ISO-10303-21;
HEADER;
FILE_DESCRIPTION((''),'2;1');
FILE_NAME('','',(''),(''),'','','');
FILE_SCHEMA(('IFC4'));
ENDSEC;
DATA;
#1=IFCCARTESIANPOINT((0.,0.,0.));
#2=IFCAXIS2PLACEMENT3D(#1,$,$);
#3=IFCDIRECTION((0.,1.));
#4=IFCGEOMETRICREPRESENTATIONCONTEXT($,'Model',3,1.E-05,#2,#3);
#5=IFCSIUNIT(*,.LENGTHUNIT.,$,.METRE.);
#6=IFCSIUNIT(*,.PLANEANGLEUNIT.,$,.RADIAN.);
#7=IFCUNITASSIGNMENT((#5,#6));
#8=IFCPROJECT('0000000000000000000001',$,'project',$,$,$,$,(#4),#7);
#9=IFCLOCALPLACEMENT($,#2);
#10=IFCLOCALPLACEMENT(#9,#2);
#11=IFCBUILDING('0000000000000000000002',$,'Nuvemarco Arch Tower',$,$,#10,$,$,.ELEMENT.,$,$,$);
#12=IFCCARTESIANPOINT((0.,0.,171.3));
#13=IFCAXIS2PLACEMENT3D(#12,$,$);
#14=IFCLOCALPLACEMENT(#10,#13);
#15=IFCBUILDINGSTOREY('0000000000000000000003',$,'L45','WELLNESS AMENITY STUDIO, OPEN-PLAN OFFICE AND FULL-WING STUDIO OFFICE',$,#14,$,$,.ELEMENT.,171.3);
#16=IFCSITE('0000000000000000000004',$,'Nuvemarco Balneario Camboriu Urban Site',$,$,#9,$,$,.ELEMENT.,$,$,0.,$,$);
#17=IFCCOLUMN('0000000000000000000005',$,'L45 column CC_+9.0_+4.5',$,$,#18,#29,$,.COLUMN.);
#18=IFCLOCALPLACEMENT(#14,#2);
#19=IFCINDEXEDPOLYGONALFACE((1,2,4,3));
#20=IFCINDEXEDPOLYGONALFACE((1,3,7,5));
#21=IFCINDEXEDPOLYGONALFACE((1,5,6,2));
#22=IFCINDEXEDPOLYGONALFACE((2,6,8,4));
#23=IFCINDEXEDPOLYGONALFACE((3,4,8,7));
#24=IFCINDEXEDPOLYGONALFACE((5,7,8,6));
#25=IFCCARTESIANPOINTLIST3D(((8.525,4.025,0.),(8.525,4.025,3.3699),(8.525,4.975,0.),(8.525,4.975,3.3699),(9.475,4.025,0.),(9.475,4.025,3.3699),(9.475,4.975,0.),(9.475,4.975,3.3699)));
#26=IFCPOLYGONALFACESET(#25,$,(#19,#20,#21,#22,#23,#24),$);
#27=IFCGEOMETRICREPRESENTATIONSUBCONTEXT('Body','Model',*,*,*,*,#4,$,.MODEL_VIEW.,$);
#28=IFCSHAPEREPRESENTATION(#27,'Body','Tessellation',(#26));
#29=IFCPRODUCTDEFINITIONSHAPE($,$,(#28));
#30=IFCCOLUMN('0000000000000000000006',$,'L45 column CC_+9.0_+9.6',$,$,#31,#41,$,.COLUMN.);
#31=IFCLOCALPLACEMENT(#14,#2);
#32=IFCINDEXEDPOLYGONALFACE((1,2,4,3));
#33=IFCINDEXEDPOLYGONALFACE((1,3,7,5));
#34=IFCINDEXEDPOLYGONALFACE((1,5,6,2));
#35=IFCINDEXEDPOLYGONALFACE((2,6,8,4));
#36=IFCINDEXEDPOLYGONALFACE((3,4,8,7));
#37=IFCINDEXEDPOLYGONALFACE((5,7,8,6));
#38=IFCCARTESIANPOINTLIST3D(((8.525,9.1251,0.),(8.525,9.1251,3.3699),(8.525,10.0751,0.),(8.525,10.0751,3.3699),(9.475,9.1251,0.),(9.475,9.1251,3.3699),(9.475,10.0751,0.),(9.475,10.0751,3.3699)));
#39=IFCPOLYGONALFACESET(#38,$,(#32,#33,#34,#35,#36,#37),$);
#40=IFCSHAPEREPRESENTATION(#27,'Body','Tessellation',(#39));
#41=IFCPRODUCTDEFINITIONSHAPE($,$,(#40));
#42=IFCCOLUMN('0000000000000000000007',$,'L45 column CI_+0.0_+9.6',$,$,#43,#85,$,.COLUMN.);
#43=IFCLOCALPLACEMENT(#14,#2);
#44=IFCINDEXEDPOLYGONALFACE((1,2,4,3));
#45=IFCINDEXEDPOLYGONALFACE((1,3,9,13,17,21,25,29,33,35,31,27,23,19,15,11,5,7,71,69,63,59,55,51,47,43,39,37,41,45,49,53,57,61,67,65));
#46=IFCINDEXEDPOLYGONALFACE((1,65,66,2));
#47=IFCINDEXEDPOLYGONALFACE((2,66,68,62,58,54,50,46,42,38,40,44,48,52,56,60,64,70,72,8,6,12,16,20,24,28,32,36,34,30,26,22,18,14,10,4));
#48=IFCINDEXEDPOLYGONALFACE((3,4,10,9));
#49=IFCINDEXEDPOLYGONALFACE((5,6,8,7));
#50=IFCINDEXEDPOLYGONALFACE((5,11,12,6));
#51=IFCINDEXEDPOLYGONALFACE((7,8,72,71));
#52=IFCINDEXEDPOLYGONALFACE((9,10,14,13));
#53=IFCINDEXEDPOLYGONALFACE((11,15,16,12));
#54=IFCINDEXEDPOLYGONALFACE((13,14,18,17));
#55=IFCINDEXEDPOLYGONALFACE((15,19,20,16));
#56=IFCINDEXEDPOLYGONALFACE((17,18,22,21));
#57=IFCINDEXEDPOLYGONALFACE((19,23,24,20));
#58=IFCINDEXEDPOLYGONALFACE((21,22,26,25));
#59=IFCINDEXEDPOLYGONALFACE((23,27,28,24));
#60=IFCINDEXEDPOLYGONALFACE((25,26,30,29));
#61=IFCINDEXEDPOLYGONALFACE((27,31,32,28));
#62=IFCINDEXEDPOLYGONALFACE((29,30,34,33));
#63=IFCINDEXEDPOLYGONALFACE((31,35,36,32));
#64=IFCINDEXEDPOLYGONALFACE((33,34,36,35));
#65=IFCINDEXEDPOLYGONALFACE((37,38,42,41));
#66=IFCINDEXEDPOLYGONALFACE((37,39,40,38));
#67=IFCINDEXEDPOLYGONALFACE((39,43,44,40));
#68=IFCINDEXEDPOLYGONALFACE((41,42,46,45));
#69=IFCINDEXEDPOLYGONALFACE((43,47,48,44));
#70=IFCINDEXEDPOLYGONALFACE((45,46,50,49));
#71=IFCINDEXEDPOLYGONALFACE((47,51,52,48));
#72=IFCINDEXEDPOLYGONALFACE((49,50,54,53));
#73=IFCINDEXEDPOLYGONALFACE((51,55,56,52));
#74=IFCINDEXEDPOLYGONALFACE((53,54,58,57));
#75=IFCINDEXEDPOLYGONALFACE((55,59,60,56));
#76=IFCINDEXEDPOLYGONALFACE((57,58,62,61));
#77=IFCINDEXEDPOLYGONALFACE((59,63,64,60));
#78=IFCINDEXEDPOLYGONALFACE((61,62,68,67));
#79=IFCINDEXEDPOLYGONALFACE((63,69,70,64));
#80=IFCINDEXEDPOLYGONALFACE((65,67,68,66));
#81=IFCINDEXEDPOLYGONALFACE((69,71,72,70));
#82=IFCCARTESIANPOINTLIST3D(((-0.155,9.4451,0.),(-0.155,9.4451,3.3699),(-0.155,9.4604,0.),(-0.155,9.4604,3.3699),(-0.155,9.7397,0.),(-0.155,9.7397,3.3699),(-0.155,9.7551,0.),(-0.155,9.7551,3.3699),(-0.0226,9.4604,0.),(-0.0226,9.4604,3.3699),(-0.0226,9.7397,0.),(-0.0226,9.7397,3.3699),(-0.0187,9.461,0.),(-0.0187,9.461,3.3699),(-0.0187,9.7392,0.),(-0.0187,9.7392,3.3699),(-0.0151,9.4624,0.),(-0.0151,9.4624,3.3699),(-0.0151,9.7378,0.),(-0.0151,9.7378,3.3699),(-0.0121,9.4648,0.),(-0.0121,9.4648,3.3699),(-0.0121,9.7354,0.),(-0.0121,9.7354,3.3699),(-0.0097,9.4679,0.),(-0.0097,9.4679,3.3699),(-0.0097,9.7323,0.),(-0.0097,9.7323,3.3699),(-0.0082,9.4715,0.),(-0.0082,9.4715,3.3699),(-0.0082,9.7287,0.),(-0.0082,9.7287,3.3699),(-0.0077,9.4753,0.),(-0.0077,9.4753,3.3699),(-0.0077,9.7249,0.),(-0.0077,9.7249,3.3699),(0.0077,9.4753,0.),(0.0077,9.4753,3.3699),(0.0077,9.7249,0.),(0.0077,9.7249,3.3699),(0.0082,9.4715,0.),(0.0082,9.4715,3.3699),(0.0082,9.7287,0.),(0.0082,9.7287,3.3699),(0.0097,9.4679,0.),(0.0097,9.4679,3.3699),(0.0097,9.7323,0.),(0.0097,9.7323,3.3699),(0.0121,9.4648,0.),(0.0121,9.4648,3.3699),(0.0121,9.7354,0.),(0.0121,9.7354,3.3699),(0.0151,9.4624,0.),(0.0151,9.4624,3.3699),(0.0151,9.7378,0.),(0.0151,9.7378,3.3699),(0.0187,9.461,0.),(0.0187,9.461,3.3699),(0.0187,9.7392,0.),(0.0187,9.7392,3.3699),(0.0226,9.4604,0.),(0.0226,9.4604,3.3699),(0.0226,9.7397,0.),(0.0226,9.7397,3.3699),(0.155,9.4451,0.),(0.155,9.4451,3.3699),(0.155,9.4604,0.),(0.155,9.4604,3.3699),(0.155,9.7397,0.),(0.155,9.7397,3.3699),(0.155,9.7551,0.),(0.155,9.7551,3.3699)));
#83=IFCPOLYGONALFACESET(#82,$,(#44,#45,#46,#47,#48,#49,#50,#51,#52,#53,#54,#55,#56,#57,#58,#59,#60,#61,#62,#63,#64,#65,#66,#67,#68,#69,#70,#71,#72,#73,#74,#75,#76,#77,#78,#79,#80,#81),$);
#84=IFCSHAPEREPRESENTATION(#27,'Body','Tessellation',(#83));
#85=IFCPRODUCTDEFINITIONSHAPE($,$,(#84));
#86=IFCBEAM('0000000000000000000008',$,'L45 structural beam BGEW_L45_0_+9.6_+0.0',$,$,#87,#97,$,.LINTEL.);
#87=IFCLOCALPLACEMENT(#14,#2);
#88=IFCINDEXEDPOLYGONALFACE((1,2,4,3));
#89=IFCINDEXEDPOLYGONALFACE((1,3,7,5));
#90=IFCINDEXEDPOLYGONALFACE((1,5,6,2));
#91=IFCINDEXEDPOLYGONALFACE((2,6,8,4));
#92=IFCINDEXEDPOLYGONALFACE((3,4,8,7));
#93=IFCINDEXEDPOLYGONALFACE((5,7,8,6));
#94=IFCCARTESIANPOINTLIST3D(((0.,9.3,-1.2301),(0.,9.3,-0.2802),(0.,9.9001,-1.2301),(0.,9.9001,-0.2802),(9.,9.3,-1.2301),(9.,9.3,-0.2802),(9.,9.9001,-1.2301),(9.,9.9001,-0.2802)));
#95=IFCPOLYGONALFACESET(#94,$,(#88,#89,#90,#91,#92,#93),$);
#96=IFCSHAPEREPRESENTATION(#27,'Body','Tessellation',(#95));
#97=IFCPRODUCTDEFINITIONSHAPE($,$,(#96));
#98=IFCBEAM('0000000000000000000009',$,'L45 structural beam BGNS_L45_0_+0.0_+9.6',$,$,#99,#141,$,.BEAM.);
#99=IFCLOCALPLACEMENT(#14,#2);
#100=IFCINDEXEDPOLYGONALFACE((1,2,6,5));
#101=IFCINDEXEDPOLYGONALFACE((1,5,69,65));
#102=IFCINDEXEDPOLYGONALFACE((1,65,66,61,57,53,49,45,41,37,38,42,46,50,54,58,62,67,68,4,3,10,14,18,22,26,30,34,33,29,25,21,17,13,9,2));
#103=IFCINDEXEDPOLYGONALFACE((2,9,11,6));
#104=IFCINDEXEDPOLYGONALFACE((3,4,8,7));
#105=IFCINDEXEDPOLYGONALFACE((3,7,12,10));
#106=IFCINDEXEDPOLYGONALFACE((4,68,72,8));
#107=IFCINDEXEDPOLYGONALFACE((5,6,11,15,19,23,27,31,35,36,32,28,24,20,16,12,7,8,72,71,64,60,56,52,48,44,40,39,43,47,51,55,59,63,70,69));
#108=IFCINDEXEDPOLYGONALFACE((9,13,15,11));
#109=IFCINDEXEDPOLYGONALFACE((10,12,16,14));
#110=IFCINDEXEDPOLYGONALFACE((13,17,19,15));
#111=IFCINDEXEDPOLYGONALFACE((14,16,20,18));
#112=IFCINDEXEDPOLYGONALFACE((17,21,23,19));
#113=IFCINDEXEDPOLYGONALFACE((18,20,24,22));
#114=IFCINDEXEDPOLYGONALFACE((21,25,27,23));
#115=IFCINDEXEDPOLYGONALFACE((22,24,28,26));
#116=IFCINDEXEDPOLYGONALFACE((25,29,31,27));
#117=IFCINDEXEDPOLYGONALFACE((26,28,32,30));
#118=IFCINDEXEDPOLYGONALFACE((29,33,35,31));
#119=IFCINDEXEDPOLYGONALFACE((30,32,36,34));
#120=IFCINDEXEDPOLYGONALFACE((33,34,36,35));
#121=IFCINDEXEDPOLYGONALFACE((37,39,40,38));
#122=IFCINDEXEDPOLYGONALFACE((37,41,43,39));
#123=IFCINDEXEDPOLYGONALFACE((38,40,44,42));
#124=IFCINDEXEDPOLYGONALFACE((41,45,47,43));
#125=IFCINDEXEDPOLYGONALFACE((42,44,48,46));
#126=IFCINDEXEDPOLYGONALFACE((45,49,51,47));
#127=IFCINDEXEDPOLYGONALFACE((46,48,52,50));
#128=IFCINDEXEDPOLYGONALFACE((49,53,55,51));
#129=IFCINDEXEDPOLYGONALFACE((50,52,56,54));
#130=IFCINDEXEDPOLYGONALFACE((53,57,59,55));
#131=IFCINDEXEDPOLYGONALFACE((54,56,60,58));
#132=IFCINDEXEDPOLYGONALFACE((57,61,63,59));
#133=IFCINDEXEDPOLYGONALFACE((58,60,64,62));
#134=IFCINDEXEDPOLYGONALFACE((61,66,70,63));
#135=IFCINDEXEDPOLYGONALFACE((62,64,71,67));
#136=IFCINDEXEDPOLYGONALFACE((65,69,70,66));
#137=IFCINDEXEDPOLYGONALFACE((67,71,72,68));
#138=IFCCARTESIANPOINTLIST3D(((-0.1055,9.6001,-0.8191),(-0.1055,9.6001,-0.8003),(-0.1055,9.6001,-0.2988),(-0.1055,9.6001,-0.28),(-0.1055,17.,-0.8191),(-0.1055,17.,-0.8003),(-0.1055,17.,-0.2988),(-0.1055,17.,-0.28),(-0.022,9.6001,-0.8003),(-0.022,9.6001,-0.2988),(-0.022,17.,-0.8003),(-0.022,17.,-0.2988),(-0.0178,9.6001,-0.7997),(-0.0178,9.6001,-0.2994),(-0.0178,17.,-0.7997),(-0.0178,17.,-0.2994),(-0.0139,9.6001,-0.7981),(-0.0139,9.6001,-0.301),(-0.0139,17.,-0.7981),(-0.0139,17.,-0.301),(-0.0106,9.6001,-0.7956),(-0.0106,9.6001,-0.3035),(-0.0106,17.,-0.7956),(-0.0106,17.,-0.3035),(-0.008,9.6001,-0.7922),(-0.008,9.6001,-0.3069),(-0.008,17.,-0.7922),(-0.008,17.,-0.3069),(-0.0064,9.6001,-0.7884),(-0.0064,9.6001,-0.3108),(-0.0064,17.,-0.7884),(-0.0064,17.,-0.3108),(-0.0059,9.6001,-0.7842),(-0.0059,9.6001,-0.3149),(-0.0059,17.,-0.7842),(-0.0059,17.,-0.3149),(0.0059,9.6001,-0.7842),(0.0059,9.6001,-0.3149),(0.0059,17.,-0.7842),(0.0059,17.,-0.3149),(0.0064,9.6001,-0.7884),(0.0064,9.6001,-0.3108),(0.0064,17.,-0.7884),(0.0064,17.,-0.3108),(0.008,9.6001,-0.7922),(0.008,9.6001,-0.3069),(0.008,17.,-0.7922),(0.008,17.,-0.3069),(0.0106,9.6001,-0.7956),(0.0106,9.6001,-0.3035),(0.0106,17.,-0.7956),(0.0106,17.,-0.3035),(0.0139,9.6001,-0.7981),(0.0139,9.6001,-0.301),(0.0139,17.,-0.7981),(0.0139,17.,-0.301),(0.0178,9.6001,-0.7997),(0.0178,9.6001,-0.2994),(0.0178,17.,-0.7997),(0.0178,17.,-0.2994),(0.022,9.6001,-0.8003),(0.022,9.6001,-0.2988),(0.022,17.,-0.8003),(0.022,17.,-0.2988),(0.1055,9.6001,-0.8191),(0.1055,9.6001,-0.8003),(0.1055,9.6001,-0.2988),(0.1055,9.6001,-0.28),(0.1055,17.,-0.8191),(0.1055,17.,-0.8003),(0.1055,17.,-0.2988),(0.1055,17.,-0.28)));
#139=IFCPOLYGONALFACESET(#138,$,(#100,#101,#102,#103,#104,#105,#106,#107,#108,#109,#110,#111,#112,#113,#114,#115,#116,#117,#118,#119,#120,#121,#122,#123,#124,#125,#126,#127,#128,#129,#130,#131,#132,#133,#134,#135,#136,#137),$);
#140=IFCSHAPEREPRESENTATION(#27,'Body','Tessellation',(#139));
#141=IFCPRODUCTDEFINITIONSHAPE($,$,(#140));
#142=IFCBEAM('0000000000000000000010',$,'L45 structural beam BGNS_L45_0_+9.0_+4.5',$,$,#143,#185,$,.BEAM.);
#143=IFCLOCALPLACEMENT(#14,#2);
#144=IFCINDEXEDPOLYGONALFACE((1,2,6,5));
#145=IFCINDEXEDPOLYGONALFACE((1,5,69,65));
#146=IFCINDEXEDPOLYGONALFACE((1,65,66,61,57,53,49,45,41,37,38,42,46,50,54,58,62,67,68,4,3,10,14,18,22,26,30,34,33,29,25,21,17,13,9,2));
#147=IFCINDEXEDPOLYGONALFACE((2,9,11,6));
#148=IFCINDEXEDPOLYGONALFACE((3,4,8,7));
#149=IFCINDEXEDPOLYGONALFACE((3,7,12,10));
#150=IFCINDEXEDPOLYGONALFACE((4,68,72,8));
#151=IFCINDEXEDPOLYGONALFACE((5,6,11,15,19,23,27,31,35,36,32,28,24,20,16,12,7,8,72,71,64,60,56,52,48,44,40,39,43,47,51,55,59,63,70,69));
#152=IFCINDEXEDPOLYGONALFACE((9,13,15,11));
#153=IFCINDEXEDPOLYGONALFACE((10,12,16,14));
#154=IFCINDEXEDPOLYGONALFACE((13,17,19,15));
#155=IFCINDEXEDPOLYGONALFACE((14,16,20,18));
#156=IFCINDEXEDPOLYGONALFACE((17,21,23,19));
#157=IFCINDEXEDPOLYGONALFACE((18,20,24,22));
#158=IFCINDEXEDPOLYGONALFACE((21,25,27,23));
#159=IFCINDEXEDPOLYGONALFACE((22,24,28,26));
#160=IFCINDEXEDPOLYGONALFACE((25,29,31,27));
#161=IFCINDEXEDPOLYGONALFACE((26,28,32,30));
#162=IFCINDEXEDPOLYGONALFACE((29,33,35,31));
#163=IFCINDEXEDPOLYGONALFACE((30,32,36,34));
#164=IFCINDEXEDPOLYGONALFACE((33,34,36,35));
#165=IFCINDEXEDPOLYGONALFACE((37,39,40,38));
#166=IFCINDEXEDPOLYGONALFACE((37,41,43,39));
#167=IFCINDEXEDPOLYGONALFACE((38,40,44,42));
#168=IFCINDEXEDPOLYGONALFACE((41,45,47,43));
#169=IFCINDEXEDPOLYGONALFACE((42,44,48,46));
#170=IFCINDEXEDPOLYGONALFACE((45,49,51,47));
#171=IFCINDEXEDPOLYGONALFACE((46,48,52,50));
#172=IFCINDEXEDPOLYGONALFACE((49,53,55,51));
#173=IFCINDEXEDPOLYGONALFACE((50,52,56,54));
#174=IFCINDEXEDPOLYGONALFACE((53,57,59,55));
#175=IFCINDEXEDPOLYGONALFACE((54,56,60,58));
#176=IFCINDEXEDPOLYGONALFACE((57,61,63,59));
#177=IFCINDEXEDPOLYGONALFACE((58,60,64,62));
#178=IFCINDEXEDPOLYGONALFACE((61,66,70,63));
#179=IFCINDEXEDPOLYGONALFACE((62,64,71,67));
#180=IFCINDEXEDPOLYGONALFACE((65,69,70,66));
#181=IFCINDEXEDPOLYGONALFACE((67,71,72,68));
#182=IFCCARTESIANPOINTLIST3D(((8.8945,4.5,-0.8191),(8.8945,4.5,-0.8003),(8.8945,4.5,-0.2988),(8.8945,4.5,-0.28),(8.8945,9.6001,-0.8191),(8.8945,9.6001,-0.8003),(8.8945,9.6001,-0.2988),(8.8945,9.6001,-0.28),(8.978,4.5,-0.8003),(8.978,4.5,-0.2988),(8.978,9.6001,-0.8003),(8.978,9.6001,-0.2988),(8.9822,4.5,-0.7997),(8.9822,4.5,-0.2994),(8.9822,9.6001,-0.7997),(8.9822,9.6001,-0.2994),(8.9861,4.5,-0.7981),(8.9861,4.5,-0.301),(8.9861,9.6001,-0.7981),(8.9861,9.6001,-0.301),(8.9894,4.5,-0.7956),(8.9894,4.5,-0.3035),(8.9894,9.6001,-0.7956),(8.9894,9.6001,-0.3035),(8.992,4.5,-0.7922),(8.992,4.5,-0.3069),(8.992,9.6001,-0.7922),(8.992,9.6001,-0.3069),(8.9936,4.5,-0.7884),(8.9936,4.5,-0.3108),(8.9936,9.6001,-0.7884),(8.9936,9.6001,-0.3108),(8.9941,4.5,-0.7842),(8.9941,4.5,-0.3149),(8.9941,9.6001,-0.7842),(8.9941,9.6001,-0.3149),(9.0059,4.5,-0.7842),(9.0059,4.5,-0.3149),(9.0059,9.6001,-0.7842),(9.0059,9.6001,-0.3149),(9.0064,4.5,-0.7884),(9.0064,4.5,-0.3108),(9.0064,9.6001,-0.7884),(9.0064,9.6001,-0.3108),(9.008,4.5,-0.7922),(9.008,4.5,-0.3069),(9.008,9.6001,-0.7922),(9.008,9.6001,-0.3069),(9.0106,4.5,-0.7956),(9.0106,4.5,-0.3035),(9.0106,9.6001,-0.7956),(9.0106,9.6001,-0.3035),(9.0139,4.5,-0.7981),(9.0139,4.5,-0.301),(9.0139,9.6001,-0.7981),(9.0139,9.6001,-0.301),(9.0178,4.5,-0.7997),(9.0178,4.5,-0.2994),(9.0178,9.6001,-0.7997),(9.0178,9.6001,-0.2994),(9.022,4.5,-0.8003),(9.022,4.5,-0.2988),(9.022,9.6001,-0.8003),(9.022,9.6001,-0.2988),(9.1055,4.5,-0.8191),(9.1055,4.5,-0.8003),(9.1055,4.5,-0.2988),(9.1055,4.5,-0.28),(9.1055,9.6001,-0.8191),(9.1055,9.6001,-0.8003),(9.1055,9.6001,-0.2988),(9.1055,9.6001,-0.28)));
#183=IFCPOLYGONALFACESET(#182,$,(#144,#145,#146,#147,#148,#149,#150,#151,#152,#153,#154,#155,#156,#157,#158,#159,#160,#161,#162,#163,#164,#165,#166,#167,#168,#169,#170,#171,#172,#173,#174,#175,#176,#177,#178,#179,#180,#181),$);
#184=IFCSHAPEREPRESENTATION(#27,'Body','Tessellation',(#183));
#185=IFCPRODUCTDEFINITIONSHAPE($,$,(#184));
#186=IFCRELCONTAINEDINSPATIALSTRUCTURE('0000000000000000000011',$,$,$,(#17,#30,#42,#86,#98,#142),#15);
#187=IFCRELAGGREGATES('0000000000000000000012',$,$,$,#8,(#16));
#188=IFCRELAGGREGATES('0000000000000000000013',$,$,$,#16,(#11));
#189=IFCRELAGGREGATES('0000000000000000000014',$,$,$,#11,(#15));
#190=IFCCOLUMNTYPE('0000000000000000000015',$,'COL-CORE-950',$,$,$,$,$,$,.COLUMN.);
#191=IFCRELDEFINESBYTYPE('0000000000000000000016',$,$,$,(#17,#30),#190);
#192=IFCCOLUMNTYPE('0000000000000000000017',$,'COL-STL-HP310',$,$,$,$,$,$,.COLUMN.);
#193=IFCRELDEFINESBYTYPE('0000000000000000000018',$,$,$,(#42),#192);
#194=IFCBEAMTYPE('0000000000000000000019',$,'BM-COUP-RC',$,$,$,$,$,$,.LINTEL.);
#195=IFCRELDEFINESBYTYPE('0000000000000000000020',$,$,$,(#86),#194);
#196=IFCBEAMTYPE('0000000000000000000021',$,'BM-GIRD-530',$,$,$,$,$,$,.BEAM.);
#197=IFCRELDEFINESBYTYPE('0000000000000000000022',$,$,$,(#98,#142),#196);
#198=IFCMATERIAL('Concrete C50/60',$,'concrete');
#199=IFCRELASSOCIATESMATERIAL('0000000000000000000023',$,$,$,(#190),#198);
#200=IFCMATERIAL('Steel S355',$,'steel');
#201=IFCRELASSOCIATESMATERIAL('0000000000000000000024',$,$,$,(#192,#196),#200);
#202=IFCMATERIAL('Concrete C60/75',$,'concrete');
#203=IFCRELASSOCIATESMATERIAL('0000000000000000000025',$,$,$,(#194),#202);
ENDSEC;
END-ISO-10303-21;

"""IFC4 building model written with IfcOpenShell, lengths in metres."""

from ifc_helpers import new_model, si_unit, direction, frame, origin, origin_2d, place, context, subcontext, project, spatial, rectangle, i_section, extrude, material, material_profile, profile_set, type_object, element, save


model = new_model("IFC4")

# Units and contexts
model_context = context("Model", 3, precision=1e-05, world=origin(), true_north=direction((0.0, 1.0)))
body_context = subcontext(model_context, "Body", "Model", "MODEL_VIEW")
ifc_project = project(units=[si_unit("LENGTHUNIT", "METRE"), si_unit("PLANEANGLEUNIT", "RADIAN")], contexts=[model_context])

# Site, building, storey
site_placement = place(None, origin())
site = spatial("IfcSite", under=ifc_project, at=site_placement, Name="Nuvemarco Balneario Camboriu Urban Site", CompositionType="ELEMENT", RefElevation=0.0)
building_placement = place(site_placement, origin())
building = spatial("IfcBuilding", under=site, at=building_placement, Name="Nuvemarco Arch Tower", CompositionType="ELEMENT")
storey_placement = place(building_placement, frame((0.0, 0.0, 171.3)))
storey = spatial("IfcBuildingStorey", under=building, at=storey_placement, Name="L45", Description="WELLNESS AMENITY STUDIO, OPEN-PLAN OFFICE AND FULL-WING STUDIO OFFICE", CompositionType="ELEMENT", Elevation=171.3)

# Columns
ifc_material_1 = material(Name="Concrete C50/60", Category="concrete")
ifc_material_profile_1 = material_profile(ifc_material_1, rectangle(XDim=0.95, YDim=0.95, at=origin_2d()), Name="RC-COL-950x950")
ifc_profile_set_1 = profile_set([ifc_material_profile_1], Name="Concrete C50/60")
column_type_1 = type_object("IfcColumnType", Name="COL-CORE-950", PredefinedType="COLUMN", material=ifc_profile_set_1)
for number, where, z_axis, x_axis, name in (
    (1, (9.0, 4.5, 0.0), (0.0, 0.0, 1.0), (1.0, 0.0, 0.0), "L45 column CC_+9.0_+4.5"),
    (2, (9.0, 9.6001, 0.0), (0.0, 0.0, 1.0), (1.0, 0.0, 0.0), "L45 column CC_+9.0_+9.6"),
):
    element("IfcColumn", number, at=place(storey_placement, frame(where, z_axis=z_axis, x_axis=x_axis)), inside=storey, type_object=column_type_1, Name=name, PredefinedType="COLUMN", context=body_context, shape_type="SweptSolid", body=[
        extrude(rectangle(XDim=0.95, YDim=0.95, at=origin_2d()), origin(), (0.0, 0.0, 1.0), 3.3699),
    ])
ifc_material_2 = material(Name="Steel S355", Category="steel")
ifc_material_profile_2 = material_profile(ifc_material_2, i_section(OverallWidth=0.3101, OverallDepth=0.3101, WebThickness=0.0154, FlangeThickness=0.0154, FilletRadius=0.0149, at=origin_2d()), Name="HP310x110")
ifc_profile_set_2 = profile_set([ifc_material_profile_2], Name="Steel S355")
column_type_2 = type_object("IfcColumnType", Name="COL-STL-HP310", PredefinedType="COLUMN", material=ifc_profile_set_2)
column_placement = place(storey_placement, frame((0.0, 9.6001, 0.0), z_axis=(0.0, 0.0, 1.0), x_axis=(1.0, 0.0, 0.0)))
element("IfcColumn", 3, at=column_placement, inside=storey, type_object=column_type_2, Name="L45 column CI_+0.0_+9.6", PredefinedType="COLUMN", context=body_context, shape_type="SweptSolid", body=[
    extrude(i_section(OverallWidth=0.3101, OverallDepth=0.3101, WebThickness=0.0154, FlangeThickness=0.0154, FilletRadius=0.0149, at=origin_2d()), origin(), (0.0, 0.0, 1.0), 3.3699),
])

# Beams
ifc_material_3 = material(Name="Concrete C60/75", Category="concrete")
ifc_material_profile_3 = material_profile(ifc_material_3, rectangle(XDim=0.6001, YDim=0.95, at=origin_2d()), Name="RC-BM-600x950")
ifc_profile_set_3 = profile_set([ifc_material_profile_3], Name="Concrete C60/75")
beam_type_1 = type_object("IfcBeamType", Name="BM-COUP-RC", PredefinedType="LINTEL", material=ifc_profile_set_3)
beam_1_placement = place(storey_placement, frame((0.0, 9.6001, -0.7551), z_axis=(1.0, 0.0, 0.0), x_axis=(0.0, 1.0, 0.0)))
element("IfcBeam", 4, at=beam_1_placement, inside=storey, type_object=beam_type_1, Name="L45 structural beam BGEW_L45_0_+9.6_+0.0", PredefinedType="LINTEL", context=body_context, shape_type="SweptSolid", body=[
    extrude(rectangle(XDim=0.6001, YDim=0.95, at=origin_2d()), origin(), (0.0, 0.0, 1.0), 9.0),
])
ifc_material_profile_4 = material_profile(ifc_material_2, i_section(OverallWidth=0.2109, OverallDepth=0.5391, WebThickness=0.0117, FlangeThickness=0.0188, FilletRadius=0.0161, at=origin_2d()), Name="W530x109")
ifc_profile_set_4 = profile_set([ifc_material_profile_4], Name="Steel S355")
beam_type_2 = type_object("IfcBeamType", Name="BM-GIRD-530", PredefinedType="BEAM", material=ifc_profile_set_4)
beam_2_placement = place(storey_placement, frame((0.0, 9.6001, -0.5496), z_axis=(0.0, 1.0, 0.0), x_axis=(-1.0, 0.0, 0.0)))
element("IfcBeam", 5, at=beam_2_placement, inside=storey, type_object=beam_type_2, Name="L45 structural beam BGNS_L45_0_+0.0_+9.6", PredefinedType="BEAM", context=body_context, shape_type="SweptSolid", body=[
    extrude(i_section(OverallWidth=0.2109, OverallDepth=0.5391, WebThickness=0.0117, FlangeThickness=0.0188, FilletRadius=0.0161, at=origin_2d()), origin(), (0.0, 0.0, 1.0), 7.3999),
])
beam_3_placement = place(storey_placement, frame((9.0, 4.5, -0.5496), z_axis=(0.0, 1.0, 0.0), x_axis=(-1.0, 0.0, 0.0)))
element("IfcBeam", 6, at=beam_3_placement, inside=storey, type_object=beam_type_2, Name="L45 structural beam BGNS_L45_0_+9.0_+4.5", PredefinedType="BEAM", context=body_context, shape_type="SweptSolid", body=[
    extrude(i_section(OverallWidth=0.2109, OverallDepth=0.5391, WebThickness=0.0117, FlangeThickness=0.0188, FilletRadius=0.0161, at=origin_2d()), origin(), (0.0, 0.0, 1.0), 5.1001),
])

save(model, "model.ifc")
